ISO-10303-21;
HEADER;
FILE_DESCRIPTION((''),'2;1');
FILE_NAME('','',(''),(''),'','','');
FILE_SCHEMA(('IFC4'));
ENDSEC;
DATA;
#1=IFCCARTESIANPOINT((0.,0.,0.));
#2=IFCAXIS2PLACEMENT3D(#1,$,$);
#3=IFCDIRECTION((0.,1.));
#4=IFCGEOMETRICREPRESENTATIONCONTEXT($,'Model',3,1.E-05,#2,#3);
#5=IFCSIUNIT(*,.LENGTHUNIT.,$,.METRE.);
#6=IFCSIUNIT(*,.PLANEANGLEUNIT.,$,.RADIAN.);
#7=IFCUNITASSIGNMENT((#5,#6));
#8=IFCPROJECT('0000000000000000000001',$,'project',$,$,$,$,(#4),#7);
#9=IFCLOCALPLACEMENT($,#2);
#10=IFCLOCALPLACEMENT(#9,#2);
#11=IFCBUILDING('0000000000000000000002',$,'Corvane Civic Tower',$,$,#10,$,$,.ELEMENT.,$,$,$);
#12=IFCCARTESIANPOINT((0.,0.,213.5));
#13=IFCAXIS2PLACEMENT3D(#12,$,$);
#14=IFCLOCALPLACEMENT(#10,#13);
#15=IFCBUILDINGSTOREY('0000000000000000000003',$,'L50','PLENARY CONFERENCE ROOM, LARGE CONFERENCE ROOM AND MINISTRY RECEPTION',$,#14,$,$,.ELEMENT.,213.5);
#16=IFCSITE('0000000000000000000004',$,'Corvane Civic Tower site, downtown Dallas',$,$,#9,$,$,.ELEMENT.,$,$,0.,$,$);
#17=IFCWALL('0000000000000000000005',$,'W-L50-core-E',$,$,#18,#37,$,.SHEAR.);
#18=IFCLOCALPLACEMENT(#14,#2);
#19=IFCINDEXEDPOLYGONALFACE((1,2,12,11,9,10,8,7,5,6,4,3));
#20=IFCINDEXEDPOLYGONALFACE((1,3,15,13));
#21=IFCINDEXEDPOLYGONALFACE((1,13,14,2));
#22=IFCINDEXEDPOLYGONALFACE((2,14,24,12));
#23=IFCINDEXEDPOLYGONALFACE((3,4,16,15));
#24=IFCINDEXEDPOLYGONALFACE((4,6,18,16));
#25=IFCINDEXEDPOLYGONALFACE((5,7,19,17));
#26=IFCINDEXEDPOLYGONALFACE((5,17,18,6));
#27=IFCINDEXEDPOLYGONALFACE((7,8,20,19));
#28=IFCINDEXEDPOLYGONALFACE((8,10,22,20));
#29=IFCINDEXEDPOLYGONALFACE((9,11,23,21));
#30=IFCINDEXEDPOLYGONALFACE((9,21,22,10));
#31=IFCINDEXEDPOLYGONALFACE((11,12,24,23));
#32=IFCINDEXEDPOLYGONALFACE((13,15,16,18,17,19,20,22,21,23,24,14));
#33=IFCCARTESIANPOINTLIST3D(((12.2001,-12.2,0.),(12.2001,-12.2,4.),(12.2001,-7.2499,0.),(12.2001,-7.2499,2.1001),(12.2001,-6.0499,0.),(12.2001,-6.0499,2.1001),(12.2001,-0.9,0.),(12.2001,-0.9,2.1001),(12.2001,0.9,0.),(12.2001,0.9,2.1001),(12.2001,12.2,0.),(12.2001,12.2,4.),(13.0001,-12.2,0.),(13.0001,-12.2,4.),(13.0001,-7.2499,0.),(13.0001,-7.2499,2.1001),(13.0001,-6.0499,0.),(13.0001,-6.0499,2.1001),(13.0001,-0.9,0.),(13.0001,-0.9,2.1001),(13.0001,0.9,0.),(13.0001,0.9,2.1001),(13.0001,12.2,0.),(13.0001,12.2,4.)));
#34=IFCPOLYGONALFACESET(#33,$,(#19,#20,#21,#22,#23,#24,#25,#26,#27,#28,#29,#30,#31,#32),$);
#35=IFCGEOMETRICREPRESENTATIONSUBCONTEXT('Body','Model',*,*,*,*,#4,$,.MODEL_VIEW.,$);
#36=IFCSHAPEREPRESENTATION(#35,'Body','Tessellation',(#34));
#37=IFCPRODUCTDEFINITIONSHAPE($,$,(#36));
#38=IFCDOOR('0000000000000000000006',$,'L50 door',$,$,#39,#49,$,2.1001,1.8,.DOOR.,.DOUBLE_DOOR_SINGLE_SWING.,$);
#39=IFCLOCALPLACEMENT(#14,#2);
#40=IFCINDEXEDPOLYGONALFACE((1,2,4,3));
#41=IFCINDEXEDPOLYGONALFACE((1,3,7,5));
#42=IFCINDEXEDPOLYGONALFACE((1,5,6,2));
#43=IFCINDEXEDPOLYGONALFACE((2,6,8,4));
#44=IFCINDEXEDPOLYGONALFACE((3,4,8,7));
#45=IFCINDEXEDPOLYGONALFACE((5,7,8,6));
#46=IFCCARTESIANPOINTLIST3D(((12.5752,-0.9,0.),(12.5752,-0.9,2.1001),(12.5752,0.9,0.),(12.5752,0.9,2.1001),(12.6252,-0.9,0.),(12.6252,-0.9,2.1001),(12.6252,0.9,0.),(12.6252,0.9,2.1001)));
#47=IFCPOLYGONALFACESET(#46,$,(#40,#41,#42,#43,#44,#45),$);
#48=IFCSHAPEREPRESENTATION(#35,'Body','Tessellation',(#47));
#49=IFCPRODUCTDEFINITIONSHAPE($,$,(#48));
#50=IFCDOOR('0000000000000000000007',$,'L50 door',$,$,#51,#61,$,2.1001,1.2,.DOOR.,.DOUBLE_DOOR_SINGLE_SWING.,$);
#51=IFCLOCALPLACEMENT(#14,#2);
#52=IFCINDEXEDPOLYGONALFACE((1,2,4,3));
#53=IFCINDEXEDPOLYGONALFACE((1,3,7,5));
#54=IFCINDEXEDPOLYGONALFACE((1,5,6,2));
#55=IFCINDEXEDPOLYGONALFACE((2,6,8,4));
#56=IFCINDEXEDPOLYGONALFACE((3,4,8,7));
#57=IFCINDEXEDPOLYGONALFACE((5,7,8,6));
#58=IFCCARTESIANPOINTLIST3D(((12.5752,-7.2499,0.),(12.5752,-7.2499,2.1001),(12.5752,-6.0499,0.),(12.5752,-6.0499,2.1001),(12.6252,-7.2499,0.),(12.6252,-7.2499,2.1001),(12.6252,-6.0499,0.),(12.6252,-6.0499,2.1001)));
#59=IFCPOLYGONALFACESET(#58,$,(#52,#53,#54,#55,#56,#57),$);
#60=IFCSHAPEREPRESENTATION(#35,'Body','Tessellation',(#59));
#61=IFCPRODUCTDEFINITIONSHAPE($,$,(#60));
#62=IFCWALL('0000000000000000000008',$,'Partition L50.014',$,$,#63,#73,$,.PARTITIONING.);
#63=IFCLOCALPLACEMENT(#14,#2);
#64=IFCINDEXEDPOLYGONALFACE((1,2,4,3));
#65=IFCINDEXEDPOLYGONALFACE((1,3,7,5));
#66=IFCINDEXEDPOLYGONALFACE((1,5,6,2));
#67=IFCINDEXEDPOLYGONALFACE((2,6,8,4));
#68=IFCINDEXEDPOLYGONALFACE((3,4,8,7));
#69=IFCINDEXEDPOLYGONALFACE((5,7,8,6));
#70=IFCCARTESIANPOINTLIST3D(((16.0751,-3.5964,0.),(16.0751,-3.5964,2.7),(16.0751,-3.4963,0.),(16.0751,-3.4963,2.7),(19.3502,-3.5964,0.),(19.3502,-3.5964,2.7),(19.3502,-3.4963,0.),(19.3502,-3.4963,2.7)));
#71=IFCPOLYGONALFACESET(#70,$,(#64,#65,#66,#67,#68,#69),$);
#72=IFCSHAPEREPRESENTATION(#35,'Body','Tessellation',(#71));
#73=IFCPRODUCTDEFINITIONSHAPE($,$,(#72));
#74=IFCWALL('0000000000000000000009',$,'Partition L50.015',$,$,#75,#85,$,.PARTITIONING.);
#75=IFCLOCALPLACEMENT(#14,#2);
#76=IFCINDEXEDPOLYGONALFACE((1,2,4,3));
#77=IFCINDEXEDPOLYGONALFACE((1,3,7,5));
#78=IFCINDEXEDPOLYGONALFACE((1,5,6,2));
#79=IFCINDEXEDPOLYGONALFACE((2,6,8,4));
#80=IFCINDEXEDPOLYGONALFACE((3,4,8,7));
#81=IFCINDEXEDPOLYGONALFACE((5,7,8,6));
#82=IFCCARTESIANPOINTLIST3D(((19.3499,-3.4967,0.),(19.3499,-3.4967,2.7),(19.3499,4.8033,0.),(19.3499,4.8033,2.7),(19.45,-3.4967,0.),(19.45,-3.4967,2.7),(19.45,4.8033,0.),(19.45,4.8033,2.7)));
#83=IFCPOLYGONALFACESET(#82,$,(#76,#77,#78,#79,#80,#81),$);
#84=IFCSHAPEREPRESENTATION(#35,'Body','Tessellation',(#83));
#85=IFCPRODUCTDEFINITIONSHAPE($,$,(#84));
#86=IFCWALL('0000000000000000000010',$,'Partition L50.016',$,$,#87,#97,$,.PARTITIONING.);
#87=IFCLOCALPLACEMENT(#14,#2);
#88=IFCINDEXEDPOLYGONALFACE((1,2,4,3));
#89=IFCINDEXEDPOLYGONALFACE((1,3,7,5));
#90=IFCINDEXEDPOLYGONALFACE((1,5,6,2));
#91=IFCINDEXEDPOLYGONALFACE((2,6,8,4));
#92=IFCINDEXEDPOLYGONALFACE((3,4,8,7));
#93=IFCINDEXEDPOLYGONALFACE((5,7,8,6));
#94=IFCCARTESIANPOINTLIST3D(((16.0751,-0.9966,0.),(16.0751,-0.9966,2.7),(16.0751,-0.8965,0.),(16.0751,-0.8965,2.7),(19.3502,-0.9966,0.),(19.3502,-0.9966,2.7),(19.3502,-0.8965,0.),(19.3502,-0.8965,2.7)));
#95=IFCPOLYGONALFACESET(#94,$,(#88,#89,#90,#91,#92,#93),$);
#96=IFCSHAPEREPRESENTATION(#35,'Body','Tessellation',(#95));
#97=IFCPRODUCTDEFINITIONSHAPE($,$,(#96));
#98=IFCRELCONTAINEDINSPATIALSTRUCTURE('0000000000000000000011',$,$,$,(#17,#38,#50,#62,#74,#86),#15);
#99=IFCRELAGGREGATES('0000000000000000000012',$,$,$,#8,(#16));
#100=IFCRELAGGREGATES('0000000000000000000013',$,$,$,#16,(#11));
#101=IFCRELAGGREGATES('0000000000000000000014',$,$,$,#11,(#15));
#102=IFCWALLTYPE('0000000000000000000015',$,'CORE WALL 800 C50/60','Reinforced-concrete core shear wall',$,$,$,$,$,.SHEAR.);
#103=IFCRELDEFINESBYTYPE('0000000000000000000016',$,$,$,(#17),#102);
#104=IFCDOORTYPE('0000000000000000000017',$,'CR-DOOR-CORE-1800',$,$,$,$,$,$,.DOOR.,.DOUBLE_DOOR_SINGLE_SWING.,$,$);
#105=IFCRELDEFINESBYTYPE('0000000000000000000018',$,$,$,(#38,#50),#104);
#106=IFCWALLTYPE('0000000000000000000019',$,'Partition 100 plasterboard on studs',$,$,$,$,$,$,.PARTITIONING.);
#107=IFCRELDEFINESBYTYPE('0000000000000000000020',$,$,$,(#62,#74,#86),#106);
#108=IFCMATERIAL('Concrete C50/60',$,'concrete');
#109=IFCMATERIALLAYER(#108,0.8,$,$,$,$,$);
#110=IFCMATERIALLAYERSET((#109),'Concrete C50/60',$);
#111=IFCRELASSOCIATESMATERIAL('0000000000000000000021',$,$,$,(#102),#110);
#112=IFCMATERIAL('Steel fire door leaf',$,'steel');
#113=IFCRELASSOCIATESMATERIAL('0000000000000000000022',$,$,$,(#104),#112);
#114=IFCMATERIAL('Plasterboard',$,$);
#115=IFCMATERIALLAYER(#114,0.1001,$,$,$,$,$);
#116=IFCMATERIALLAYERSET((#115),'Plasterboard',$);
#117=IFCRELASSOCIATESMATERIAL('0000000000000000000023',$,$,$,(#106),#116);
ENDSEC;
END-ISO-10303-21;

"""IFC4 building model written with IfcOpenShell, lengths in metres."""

from ifc_helpers import new_model, si_unit, direction, frame, frame_2d, origin, place, context, subcontext, project, spatial, rectangle, extrude, material, layer, layer_set, type_object, element, fill, save


model = new_model("IFC4")

# Units and contexts
model_context = context("Model", 3, precision=1e-05, world=origin(), true_north=direction((0.0, 1.0)))
body_context = subcontext(model_context, "Body", "Model", "MODEL_VIEW")
ifc_project = project(units=[si_unit("LENGTHUNIT", "METRE"), si_unit("PLANEANGLEUNIT", "RADIAN")], contexts=[model_context])

# Site, building, storey
site_placement = place(None, origin())
site = spatial("IfcSite", under=ifc_project, at=site_placement, Name="Corvane Civic Tower site, downtown Dallas", CompositionType="ELEMENT", RefElevation=0.0)
building_placement = place(site_placement, origin())
building = spatial("IfcBuilding", under=site, at=building_placement, Name="Corvane Civic Tower", CompositionType="ELEMENT")
storey_placement = place(building_placement, frame((0.0, 0.0, 213.5)))
storey = spatial("IfcBuildingStorey", under=building, at=storey_placement, Name="L50", Description="PLENARY CONFERENCE ROOM, LARGE CONFERENCE ROOM AND MINISTRY RECEPTION", CompositionType="ELEMENT", Elevation=213.5)

# Wall, openings, doors
ifc_material_1 = material(Name="Concrete C50/60", Category="concrete")
ifc_layer_1 = layer(ifc_material_1, 0.8)
ifc_layer_set_1 = layer_set([ifc_layer_1], Name="Concrete C50/60")
wall_type_1 = type_object("IfcWallType", Name="CORE WALL 800 C50/60", Description="Reinforced-concrete core shear wall", PredefinedType="SHEAR", material=ifc_layer_set_1)
wall_1_placement = place(storey_placement, frame((12.6001, -12.2, 0.0), z_axis=(0.0, 0.0, 1.0), x_axis=(0.0, 1.0, 0.0)))
wall_1 = element("IfcWall", 1, at=wall_1_placement, inside=storey, type_object=wall_type_1, Name="W-L50-core-E", PredefinedType="SHEAR", context=body_context, shape_type="SweptSolid", body=[
    extrude(rectangle(XDim=24.3999, YDim=0.8, at=frame_2d((12.2, 0.0))), origin(), (0.0, 0.0, 1.0), 4.0),
])
opening_1_placement = place(wall_1_placement, frame((11.3, 0.0, 0.0)))
opening_1 = element("IfcOpeningElement", 2, at=opening_1_placement, cuts=wall_1, PredefinedType="OPENING", context=body_context, shape_type="SweptSolid", body=[
    extrude(rectangle(XDim=1.8, YDim=2.1001, at=frame_2d((0.8999, 1.05))), frame((0.0, 0.4099, 0.0), z_axis=(0.0, -1.0, 0.0), x_axis=(1.0, 0.0, 0.0)), (0.0, 0.0, 1.0), 0.8201),
])
opening_2_placement = place(wall_1_placement, frame((4.95, 0.0, 0.0)))
opening_2 = element("IfcOpeningElement", 3, at=opening_2_placement, cuts=wall_1, PredefinedType="OPENING", context=body_context, shape_type="SweptSolid", body=[
    extrude(rectangle(XDim=1.2, YDim=2.1001, at=frame_2d((0.6001, 1.05))), frame((0.0, 0.4099, 0.0), z_axis=(0.0, -1.0, 0.0), x_axis=(1.0, 0.0, 0.0)), (0.0, 0.0, 1.0), 0.8201),
])
ifc_material_2 = material(Name="Steel fire door leaf", Category="steel")
door_type = type_object("IfcDoorType", Name="CR-DOOR-CORE-1800", OperationType="DOUBLE_DOOR_SINGLE_SWING", PredefinedType="DOOR", material=ifc_material_2)
door_1_placement = place(opening_1_placement, origin())
door_1 = element("IfcDoor", 4, at=door_1_placement, inside=storey, type_object=door_type, Name="L50 door", OperationType="DOUBLE_DOOR_SINGLE_SWING", OverallHeight=2.1001, OverallWidth=1.8, PredefinedType="DOOR", context=body_context, shape_type="SweptSolid", body=[
    extrude(rectangle(XDim=1.8, YDim=2.1001, at=frame_2d((0.8999, 1.05))), frame((0.0, 0.0249, 0.0), z_axis=(0.0, -1.0, 0.0), x_axis=(1.0, 0.0, 0.0)), (0.0, 0.0, 1.0), 0.05),
])
fill(opening_1, door_1)
door_2_placement = place(opening_2_placement, origin())
door_2 = element("IfcDoor", 5, at=door_2_placement, inside=storey, type_object=door_type, Name="L50 door", OperationType="DOUBLE_DOOR_SINGLE_SWING", OverallHeight=2.1001, OverallWidth=1.2, PredefinedType="DOOR", context=body_context, shape_type="SweptSolid", body=[
    extrude(rectangle(XDim=1.2, YDim=2.1001, at=frame_2d((0.6001, 1.05))), frame((0.0, 0.0249, 0.0), z_axis=(0.0, -1.0, 0.0), x_axis=(1.0, 0.0, 0.0)), (0.0, 0.0, 1.0), 0.05),
])
fill(opening_2, door_2)

# Walls
ifc_material_3 = material(Name="Plasterboard")
ifc_layer_2 = layer(ifc_material_3, 0.1001)
ifc_layer_set_2 = layer_set([ifc_layer_2], Name="Plasterboard")
wall_type_2 = type_object("IfcWallType", Name="Partition 100 plasterboard on studs", PredefinedType="PARTITIONING", material=ifc_layer_set_2)
wall_2_placement = place(storey_placement, frame((16.075, -3.5464, 0.0), z_axis=(0.0, 0.0, 1.0), x_axis=(1.0, 0.0, 0.0)))
element("IfcWall", 6, at=wall_2_placement, inside=storey, type_object=wall_type_2, Name="Partition L50.014", PredefinedType="PARTITIONING", context=body_context, shape_type="SweptSolid", body=[
    extrude(rectangle(XDim=3.2751, YDim=0.1001, at=frame_2d((1.6377, 0.0))), origin(), (0.0, 0.0, 1.0), 2.7),
])
wall_3_placement = place(storey_placement, frame((19.3999, -3.4966, 0.0), z_axis=(0.0, 0.0, 1.0), x_axis=(0.0, 1.0, 0.0)))
element("IfcWall", 7, at=wall_3_placement, inside=storey, type_object=wall_type_2, Name="Partition L50.015", PredefinedType="PARTITIONING", context=body_context, shape_type="SweptSolid", body=[
    extrude(rectangle(XDim=8.3, YDim=0.1001, at=frame_2d((4.1499, 0.0))), origin(), (0.0, 0.0, 1.0), 2.7),
])
wall_4_placement = place(storey_placement, frame((16.075, -0.9465, 0.0), z_axis=(0.0, 0.0, 1.0), x_axis=(1.0, 0.0, 0.0)))
element("IfcWall", 8, at=wall_4_placement, inside=storey, type_object=wall_type_2, Name="Partition L50.016", PredefinedType="PARTITIONING", context=body_context, shape_type="SweptSolid", body=[
    extrude(rectangle(XDim=3.2751, YDim=0.1001, at=frame_2d((1.6377, 0.0))), origin(), (0.0, 0.0, 1.0), 2.7),
])

save(model, "model.ifc")
